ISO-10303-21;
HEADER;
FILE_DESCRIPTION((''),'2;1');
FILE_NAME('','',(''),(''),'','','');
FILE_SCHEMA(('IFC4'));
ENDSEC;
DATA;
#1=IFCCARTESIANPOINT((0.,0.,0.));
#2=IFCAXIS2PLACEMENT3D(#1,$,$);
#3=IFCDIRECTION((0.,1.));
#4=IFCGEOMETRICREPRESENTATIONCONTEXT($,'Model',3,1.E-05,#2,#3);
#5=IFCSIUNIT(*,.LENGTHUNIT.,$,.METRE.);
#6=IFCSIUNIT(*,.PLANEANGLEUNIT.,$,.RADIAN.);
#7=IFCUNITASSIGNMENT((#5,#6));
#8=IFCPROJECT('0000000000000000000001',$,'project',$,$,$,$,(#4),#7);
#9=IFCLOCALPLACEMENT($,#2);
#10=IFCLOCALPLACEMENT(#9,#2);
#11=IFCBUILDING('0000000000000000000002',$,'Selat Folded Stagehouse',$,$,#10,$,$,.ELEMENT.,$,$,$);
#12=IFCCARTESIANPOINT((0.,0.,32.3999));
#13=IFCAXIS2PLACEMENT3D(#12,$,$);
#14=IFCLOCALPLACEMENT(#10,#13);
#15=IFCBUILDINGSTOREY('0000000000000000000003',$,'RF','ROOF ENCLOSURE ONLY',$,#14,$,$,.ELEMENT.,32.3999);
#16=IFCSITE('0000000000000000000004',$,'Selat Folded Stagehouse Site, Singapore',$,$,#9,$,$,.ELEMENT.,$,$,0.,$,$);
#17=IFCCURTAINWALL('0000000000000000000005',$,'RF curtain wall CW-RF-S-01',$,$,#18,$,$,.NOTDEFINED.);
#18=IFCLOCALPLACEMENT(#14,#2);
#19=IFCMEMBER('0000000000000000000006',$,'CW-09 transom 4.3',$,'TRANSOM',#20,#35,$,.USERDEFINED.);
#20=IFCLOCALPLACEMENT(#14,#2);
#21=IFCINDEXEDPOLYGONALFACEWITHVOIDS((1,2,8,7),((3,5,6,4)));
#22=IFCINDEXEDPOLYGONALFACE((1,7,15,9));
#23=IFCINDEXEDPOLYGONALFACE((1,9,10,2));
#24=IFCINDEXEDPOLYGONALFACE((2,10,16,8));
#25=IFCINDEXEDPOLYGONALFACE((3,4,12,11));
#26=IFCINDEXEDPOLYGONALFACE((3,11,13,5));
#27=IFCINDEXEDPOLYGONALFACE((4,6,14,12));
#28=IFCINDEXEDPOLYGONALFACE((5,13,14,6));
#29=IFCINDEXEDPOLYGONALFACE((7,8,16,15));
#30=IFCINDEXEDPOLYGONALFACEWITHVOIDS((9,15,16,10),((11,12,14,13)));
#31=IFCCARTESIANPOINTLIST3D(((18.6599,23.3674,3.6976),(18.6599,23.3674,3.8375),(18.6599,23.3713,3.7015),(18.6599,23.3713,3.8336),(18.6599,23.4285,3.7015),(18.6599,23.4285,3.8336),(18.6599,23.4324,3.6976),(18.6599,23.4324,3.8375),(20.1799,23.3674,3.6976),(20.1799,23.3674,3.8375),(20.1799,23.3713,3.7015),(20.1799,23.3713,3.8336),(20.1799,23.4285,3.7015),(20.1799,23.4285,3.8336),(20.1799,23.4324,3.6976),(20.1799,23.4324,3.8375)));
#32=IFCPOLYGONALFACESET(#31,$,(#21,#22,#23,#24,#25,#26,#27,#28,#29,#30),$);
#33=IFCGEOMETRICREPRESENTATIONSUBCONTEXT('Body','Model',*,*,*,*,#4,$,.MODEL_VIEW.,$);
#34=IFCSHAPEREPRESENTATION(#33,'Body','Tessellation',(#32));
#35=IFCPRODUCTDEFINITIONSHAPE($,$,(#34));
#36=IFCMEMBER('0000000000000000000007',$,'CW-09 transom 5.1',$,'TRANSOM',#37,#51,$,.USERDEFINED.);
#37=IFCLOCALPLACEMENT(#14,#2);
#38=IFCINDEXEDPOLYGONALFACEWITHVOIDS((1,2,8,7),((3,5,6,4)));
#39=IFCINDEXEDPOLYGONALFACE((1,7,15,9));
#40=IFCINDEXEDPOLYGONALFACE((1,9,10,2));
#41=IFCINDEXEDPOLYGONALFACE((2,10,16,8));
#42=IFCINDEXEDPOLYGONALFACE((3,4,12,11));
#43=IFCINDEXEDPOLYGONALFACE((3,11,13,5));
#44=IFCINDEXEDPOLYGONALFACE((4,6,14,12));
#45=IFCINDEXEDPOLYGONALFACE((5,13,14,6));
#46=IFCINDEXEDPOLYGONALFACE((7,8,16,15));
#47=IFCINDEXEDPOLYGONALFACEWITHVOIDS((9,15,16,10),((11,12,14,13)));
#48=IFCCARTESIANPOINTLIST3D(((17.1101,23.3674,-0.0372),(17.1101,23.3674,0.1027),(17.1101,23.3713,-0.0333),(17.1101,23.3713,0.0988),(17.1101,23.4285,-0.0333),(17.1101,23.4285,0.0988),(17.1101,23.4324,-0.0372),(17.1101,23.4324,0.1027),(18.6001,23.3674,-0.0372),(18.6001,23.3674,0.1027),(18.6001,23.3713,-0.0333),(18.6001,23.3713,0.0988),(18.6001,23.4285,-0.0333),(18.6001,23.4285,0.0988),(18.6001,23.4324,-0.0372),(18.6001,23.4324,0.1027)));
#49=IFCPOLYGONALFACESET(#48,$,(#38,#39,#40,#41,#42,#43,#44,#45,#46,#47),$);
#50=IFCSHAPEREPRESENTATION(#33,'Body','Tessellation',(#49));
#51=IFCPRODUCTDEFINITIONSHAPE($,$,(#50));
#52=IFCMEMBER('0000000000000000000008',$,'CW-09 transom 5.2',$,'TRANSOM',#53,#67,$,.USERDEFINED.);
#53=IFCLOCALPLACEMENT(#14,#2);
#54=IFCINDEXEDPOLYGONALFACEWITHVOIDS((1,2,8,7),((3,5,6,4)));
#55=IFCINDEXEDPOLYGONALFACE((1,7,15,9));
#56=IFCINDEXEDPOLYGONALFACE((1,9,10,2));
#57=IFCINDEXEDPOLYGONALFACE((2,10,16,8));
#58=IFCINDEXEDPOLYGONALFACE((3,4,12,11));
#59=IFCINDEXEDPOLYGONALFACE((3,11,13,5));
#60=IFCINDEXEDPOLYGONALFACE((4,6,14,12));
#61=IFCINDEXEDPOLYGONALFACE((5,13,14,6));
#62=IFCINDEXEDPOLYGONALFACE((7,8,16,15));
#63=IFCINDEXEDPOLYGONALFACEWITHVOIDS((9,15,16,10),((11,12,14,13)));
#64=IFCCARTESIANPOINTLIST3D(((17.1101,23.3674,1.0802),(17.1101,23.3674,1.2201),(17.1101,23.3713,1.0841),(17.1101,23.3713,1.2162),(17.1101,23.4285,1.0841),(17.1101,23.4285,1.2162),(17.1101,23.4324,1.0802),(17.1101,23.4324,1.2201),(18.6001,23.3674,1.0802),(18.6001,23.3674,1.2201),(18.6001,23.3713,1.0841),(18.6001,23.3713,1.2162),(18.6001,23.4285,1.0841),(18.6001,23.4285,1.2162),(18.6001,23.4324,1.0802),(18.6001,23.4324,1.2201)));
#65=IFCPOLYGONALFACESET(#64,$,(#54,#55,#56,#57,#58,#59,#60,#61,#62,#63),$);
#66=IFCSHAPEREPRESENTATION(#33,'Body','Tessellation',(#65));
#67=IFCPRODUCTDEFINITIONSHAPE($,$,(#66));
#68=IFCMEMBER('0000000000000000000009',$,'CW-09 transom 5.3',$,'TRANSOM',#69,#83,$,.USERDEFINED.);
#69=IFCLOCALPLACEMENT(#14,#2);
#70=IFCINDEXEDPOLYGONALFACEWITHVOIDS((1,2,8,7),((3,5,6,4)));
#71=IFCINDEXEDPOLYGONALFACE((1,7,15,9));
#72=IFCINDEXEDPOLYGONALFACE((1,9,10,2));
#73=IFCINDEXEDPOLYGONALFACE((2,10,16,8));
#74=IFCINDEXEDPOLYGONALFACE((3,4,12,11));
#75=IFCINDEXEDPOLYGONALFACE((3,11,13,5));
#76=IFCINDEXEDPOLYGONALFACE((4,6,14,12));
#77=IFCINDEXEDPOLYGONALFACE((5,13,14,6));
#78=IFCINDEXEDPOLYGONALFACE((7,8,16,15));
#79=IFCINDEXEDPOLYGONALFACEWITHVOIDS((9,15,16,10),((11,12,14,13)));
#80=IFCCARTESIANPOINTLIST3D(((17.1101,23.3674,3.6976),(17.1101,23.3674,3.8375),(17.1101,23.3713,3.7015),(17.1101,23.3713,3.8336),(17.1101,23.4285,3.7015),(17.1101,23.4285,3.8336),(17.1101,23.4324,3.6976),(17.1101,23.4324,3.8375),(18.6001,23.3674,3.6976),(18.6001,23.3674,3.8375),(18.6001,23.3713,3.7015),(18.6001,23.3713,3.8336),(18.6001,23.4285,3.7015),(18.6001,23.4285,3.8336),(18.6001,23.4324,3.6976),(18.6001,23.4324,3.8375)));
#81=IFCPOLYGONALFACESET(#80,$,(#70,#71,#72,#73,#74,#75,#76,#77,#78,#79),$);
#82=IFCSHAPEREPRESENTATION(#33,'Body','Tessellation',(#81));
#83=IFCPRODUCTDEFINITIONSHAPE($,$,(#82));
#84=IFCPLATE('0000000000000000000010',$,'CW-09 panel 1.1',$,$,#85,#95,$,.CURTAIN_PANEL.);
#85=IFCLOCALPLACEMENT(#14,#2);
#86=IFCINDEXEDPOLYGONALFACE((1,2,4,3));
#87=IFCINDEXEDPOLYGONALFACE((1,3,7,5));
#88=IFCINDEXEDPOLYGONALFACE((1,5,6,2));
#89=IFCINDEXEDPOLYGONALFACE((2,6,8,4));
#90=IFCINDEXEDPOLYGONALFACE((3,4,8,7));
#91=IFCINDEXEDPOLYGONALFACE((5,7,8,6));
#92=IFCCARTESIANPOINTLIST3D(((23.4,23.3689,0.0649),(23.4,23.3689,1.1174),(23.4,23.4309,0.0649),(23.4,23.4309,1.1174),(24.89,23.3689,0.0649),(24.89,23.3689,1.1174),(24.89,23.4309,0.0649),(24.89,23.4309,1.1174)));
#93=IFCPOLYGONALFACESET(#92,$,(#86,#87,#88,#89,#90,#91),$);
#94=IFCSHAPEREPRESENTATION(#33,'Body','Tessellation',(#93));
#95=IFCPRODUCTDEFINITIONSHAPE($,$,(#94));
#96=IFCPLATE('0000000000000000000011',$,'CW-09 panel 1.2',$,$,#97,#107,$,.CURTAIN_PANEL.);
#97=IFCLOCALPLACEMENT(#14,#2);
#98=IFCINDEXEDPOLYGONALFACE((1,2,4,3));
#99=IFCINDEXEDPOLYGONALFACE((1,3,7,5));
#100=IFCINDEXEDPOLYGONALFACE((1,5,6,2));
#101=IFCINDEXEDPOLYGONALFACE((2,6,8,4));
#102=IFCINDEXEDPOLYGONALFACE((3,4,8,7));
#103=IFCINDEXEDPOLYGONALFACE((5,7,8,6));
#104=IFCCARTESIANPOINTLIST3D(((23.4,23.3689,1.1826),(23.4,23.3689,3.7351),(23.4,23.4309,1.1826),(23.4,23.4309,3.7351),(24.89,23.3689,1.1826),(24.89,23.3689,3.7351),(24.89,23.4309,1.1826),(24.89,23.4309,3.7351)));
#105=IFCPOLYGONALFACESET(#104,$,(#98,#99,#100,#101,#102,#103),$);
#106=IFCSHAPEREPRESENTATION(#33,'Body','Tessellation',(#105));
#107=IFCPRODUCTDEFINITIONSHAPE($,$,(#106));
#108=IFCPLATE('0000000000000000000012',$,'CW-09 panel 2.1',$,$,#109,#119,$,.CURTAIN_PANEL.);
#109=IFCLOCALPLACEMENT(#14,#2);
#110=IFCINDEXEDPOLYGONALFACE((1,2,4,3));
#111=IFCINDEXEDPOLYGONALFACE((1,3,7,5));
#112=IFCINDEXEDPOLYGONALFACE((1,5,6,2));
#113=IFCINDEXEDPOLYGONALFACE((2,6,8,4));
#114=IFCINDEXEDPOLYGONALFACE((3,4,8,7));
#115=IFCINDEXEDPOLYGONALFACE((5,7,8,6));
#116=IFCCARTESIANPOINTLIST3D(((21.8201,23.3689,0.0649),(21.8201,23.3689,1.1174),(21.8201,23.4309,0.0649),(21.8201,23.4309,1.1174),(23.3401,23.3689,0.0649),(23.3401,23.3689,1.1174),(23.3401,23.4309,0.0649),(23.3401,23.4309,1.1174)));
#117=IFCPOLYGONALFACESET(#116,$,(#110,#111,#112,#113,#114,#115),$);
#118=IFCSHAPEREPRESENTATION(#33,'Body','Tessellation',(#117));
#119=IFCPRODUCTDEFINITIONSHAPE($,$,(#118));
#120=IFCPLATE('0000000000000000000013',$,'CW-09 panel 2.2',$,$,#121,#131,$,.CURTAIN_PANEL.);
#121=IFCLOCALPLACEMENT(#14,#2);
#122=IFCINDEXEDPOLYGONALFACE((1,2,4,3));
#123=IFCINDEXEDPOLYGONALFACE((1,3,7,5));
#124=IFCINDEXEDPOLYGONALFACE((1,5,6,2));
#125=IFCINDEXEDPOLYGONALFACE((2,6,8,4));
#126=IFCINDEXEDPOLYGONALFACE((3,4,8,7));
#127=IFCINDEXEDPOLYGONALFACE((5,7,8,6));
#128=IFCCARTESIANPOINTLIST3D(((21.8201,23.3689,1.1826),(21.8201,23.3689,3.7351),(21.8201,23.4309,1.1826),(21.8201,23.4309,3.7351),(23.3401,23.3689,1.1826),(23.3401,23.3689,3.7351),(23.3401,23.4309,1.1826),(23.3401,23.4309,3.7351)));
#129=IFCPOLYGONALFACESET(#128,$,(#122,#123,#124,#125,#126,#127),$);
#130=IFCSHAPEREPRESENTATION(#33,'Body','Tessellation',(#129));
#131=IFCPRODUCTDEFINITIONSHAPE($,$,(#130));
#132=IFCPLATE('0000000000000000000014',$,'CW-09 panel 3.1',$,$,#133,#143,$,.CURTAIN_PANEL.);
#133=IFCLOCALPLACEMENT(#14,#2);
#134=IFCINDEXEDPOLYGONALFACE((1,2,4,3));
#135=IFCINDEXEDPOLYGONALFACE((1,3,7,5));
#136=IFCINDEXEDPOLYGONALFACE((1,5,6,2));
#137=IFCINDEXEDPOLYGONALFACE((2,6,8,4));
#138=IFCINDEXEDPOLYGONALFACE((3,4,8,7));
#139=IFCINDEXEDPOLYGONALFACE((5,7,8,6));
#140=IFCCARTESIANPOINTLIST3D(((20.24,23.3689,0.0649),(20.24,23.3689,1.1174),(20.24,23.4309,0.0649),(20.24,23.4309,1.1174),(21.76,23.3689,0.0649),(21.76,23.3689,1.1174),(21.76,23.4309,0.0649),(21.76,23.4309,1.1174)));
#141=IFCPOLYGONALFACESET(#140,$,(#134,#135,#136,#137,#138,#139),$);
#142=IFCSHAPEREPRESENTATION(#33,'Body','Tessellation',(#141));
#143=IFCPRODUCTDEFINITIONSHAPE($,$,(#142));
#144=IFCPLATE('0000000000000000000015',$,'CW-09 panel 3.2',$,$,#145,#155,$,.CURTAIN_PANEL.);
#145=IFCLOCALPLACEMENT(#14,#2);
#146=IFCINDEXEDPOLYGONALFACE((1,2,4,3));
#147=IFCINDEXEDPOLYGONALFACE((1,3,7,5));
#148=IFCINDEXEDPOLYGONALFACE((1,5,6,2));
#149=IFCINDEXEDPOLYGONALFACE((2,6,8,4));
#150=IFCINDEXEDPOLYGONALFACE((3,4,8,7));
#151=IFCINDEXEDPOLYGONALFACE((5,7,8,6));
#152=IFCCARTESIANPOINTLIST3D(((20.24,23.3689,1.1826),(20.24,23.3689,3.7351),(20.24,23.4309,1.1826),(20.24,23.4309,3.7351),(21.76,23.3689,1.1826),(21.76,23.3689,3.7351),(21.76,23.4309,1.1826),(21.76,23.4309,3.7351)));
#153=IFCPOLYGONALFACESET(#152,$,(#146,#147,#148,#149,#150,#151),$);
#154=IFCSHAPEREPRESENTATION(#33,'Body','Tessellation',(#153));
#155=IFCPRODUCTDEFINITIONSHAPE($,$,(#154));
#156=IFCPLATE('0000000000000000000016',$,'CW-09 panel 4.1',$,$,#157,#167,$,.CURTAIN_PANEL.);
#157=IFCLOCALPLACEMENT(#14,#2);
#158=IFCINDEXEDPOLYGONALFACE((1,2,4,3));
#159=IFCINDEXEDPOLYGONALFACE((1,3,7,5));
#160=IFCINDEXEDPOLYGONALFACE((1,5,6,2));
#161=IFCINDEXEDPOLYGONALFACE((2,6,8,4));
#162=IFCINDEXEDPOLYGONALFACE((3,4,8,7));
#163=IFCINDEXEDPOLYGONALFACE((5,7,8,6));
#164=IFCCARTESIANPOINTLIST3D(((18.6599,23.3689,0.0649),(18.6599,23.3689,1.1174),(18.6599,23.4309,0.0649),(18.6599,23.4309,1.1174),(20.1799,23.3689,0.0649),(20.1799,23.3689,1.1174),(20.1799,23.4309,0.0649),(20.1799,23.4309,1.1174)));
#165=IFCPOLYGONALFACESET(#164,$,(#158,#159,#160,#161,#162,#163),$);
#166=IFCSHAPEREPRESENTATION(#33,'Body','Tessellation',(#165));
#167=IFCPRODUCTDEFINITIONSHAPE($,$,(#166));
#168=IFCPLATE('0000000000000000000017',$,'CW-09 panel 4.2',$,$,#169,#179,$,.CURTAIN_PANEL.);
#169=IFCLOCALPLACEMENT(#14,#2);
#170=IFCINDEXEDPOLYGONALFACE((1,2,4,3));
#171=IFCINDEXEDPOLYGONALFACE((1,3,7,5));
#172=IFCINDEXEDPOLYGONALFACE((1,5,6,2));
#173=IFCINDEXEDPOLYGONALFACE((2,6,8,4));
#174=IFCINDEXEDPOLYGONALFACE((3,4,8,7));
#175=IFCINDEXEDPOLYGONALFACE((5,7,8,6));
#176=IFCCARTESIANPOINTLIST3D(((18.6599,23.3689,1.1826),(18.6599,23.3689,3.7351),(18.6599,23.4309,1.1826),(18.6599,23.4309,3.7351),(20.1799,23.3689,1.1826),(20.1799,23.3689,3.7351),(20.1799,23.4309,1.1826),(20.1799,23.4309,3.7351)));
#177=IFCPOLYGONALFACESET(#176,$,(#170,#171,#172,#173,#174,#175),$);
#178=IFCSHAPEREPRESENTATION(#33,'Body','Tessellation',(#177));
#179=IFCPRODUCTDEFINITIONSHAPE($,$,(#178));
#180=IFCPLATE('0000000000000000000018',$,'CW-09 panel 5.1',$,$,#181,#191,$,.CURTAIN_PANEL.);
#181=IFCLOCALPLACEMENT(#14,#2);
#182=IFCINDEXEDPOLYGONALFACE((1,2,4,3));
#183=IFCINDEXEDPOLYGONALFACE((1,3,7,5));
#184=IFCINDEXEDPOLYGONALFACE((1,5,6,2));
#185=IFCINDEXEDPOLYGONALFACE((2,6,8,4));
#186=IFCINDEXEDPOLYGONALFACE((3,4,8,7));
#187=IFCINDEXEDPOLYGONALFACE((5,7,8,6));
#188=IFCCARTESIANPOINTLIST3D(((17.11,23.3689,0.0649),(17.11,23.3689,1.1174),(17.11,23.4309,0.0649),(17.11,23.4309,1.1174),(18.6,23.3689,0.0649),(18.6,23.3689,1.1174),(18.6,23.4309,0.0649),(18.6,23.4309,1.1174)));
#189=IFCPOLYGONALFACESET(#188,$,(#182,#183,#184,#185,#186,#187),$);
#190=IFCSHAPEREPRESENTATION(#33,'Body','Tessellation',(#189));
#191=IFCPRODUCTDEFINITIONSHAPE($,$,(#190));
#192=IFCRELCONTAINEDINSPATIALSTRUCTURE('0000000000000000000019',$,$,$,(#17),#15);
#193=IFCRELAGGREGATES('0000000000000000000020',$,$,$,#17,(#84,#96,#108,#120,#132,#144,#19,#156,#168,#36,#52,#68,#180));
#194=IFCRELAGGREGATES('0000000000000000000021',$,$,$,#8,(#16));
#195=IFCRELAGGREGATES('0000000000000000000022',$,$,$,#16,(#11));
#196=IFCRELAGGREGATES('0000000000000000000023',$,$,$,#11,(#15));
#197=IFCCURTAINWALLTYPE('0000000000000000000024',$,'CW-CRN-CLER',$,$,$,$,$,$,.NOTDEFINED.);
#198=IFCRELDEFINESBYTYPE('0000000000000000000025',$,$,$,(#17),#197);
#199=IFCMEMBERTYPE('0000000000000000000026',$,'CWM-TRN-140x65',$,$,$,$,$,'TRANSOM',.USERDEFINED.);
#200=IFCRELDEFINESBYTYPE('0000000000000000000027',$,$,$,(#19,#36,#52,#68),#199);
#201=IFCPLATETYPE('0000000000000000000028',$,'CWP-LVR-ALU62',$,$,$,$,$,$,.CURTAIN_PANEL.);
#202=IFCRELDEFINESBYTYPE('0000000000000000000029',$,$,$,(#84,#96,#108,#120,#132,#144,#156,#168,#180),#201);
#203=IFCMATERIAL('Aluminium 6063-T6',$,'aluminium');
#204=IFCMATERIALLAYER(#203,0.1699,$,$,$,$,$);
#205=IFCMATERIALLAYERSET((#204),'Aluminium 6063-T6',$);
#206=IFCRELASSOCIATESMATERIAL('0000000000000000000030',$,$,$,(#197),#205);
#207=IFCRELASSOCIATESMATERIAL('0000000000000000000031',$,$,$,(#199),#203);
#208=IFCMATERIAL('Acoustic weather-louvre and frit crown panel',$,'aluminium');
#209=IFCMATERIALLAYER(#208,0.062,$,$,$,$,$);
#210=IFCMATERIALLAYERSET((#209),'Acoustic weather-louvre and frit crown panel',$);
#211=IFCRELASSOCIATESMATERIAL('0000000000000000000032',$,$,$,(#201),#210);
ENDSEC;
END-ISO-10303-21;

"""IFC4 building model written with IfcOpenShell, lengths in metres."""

from ifc_helpers import new_model, si_unit, direction, frame, origin, origin_2d, place, context, subcontext, project, spatial, rectangle, hollow_rectangle, extrude, material, layer, layer_set, material_profile, profile_set, type_object, element, aggregate, save


model = new_model("IFC4")

# Units and contexts
model_context = context("Model", 3, precision=1e-05, world=origin(), true_north=direction((0.0, 1.0)))
body_context = subcontext(model_context, "Body", "Model", "MODEL_VIEW")
ifc_project = project(units=[si_unit("LENGTHUNIT", "METRE"), si_unit("PLANEANGLEUNIT", "RADIAN")], contexts=[model_context])

# Site, building, storey
site_placement = place(None, origin())
site = spatial("IfcSite", under=ifc_project, at=site_placement, Name="Selat Folded Stagehouse Site, Singapore", CompositionType="ELEMENT", RefElevation=0.0)
building_placement = place(site_placement, origin())
building = spatial("IfcBuilding", under=site, at=building_placement, Name="Selat Folded Stagehouse", CompositionType="ELEMENT")
storey_placement = place(building_placement, frame((0.0, 0.0, 32.3999)))
storey = spatial("IfcBuildingStorey", under=building, at=storey_placement, Name="RF", Description="ROOF ENCLOSURE ONLY", CompositionType="ELEMENT", Elevation=32.3999)

# Curtain wall, members, plates
ifc_material_1 = material(Name="Aluminium 6063-T6", Category="aluminium")
ifc_layer_1 = layer(ifc_material_1, 0.1699)
ifc_layer_set_1 = layer_set([ifc_layer_1], Name="Aluminium 6063-T6")
curtain_wall_type = type_object("IfcCurtainWallType", Name="CW-CRN-CLER", PredefinedType="NOTDEFINED", material=ifc_layer_set_1)
curtain_wall_placement = place(storey_placement, origin())
curtain_wall = element("IfcCurtainWall", 1, at=curtain_wall_placement, inside=storey, type_object=curtain_wall_type, Name="RF curtain wall CW-RF-S-01", PredefinedType="NOTDEFINED")
ifc_material_profile_1 = material_profile(ifc_material_1, hollow_rectangle(XDim=0.0649, YDim=0.1399, WallThickness=0.0039, at=origin_2d()), Name="ALU 140x65x4.0")
ifc_profile_set_1 = profile_set([ifc_material_profile_1], Name="Aluminium 6063-T6")
member_type_1 = type_object("IfcMemberType", Name="CWM-TRN-140x65", ElementType="TRANSOM", PredefinedType="USERDEFINED", material=ifc_profile_set_1)
member_1_placement = place(storey_placement, frame((20.1799, 23.3999, 3.7676), z_axis=(-1.0, 0.0, 0.0), x_axis=(0.0, -1.0, 0.0)))
member_1 = element("IfcMember", 2, at=member_1_placement, type_object=member_type_1, Name="CW-09 transom 4.3", ObjectType="TRANSOM", PredefinedType="USERDEFINED", context=body_context, shape_type="SweptSolid", body=[
    extrude(hollow_rectangle(XDim=0.0649, YDim=0.1399, WallThickness=0.0039, at=origin_2d()), origin(), (0.0, 0.0, 1.0), 1.52),
])
member_2_placement = place(storey_placement, frame((18.6001, 23.3999, 0.0327), z_axis=(-1.0, 0.0, 0.0), x_axis=(0.0, -1.0, 0.0)))
member_2 = element("IfcMember", 3, at=member_2_placement, type_object=member_type_1, Name="CW-09 transom 5.1", ObjectType="TRANSOM", PredefinedType="USERDEFINED", context=body_context, shape_type="SweptSolid", body=[
    extrude(hollow_rectangle(XDim=0.0649, YDim=0.1399, WallThickness=0.0039, at=origin_2d()), origin(), (0.0, 0.0, 1.0), 1.49),
])
member_3_placement = place(storey_placement, frame((18.6001, 23.3999, 1.1501), z_axis=(-1.0, 0.0, 0.0), x_axis=(0.0, -1.0, 0.0)))
member_3 = element("IfcMember", 4, at=member_3_placement, type_object=member_type_1, Name="CW-09 transom 5.2", ObjectType="TRANSOM", PredefinedType="USERDEFINED", context=body_context, shape_type="SweptSolid", body=[
    extrude(hollow_rectangle(XDim=0.0649, YDim=0.1399, WallThickness=0.0039, at=origin_2d()), origin(), (0.0, 0.0, 1.0), 1.49),
])
member_4_placement = place(storey_placement, frame((18.6001, 23.3999, 3.7676), z_axis=(-1.0, 0.0, 0.0), x_axis=(0.0, -1.0, 0.0)))
member_4 = element("IfcMember", 5, at=member_4_placement, type_object=member_type_1, Name="CW-09 transom 5.3", ObjectType="TRANSOM", PredefinedType="USERDEFINED", context=body_context, shape_type="SweptSolid", body=[
    extrude(hollow_rectangle(XDim=0.0649, YDim=0.1399, WallThickness=0.0039, at=origin_2d()), origin(), (0.0, 0.0, 1.0), 1.49),
])
ifc_material_2 = material(Name="Acoustic weather-louvre and frit crown panel", Category="aluminium")
ifc_layer_2 = layer(ifc_material_2, 0.062)
ifc_layer_set_2 = layer_set([ifc_layer_2], Name="Acoustic weather-louvre and frit crown panel")
plate_type = type_object("IfcPlateType", Name="CWP-LVR-ALU62", PredefinedType="CURTAIN_PANEL", material=ifc_layer_set_2)
plate_1_placement = place(storey_placement, frame((24.145, 23.3999, 0.0649), z_axis=(0.0, 0.0, 1.0), x_axis=(-1.0, 0.0, 0.0)))
plate_1 = element("IfcPlate", 6, at=plate_1_placement, type_object=plate_type, Name="CW-09 panel 1.1", PredefinedType="CURTAIN_PANEL", context=body_context, shape_type="SweptSolid", body=[
    extrude(rectangle(XDim=1.49, YDim=0.062, at=origin_2d()), origin(), (0.0, 0.0, 1.0), 1.0525),
])
plate_2_placement = place(storey_placement, frame((24.145, 23.3999, 1.1826), z_axis=(0.0, 0.0, 1.0), x_axis=(-1.0, 0.0, 0.0)))
plate_2 = element("IfcPlate", 7, at=plate_2_placement, type_object=plate_type, Name="CW-09 panel 1.2", PredefinedType="CURTAIN_PANEL", context=body_context, shape_type="SweptSolid", body=[
    extrude(rectangle(XDim=1.49, YDim=0.062, at=origin_2d()), origin(), (0.0, 0.0, 1.0), 2.5525),
])
plate_3_placement = place(storey_placement, frame((22.5801, 23.3999, 0.0649), z_axis=(0.0, 0.0, 1.0), x_axis=(-1.0, 0.0, 0.0)))
plate_3 = element("IfcPlate", 8, at=plate_3_placement, type_object=plate_type, Name="CW-09 panel 2.1", PredefinedType="CURTAIN_PANEL", context=body_context, shape_type="SweptSolid", body=[
    extrude(rectangle(XDim=1.52, YDim=0.062, at=origin_2d()), origin(), (0.0, 0.0, 1.0), 1.0525),
])
plate_4_placement = place(storey_placement, frame((22.5801, 23.3999, 1.1826), z_axis=(0.0, 0.0, 1.0), x_axis=(-1.0, 0.0, 0.0)))
plate_4 = element("IfcPlate", 9, at=plate_4_placement, type_object=plate_type, Name="CW-09 panel 2.2", PredefinedType="CURTAIN_PANEL", context=body_context, shape_type="SweptSolid", body=[
    extrude(rectangle(XDim=1.52, YDim=0.062, at=origin_2d()), origin(), (0.0, 0.0, 1.0), 2.5525),
])
plate_5_placement = place(storey_placement, frame((21.0, 23.3999, 0.0649), z_axis=(0.0, 0.0, 1.0), x_axis=(-1.0, 0.0, 0.0)))
plate_5 = element("IfcPlate", 10, at=plate_5_placement, type_object=plate_type, Name="CW-09 panel 3.1", PredefinedType="CURTAIN_PANEL", context=body_context, shape_type="SweptSolid", body=[
    extrude(rectangle(XDim=1.52, YDim=0.062, at=origin_2d()), origin(), (0.0, 0.0, 1.0), 1.0525),
])
plate_6_placement = place(storey_placement, frame((21.0, 23.3999, 1.1826), z_axis=(0.0, 0.0, 1.0), x_axis=(-1.0, 0.0, 0.0)))
plate_6 = element("IfcPlate", 11, at=plate_6_placement, type_object=plate_type, Name="CW-09 panel 3.2", PredefinedType="CURTAIN_PANEL", context=body_context, shape_type="SweptSolid", body=[
    extrude(rectangle(XDim=1.52, YDim=0.062, at=origin_2d()), origin(), (0.0, 0.0, 1.0), 2.5525),
])
plate_7_placement = place(storey_placement, frame((19.4199, 23.3999, 0.0649), z_axis=(0.0, 0.0, 1.0), x_axis=(-1.0, 0.0, 0.0)))
plate_7 = element("IfcPlate", 12, at=plate_7_placement, type_object=plate_type, Name="CW-09 panel 4.1", PredefinedType="CURTAIN_PANEL", context=body_context, shape_type="SweptSolid", body=[
    extrude(rectangle(XDim=1.52, YDim=0.062, at=origin_2d()), origin(), (0.0, 0.0, 1.0), 1.0525),
])
plate_8_placement = place(storey_placement, frame((19.4199, 23.3999, 1.1826), z_axis=(0.0, 0.0, 1.0), x_axis=(-1.0, 0.0, 0.0)))
plate_8 = element("IfcPlate", 13, at=plate_8_placement, type_object=plate_type, Name="CW-09 panel 4.2", PredefinedType="CURTAIN_PANEL", context=body_context, shape_type="SweptSolid", body=[
    extrude(rectangle(XDim=1.52, YDim=0.062, at=origin_2d()), origin(), (0.0, 0.0, 1.0), 2.5525),
])
plate_9_placement = place(storey_placement, frame((17.855, 23.3999, 0.0649), z_axis=(0.0, 0.0, 1.0), x_axis=(-1.0, 0.0, 0.0)))
plate_9 = element("IfcPlate", 14, at=plate_9_placement, type_object=plate_type, Name="CW-09 panel 5.1", PredefinedType="CURTAIN_PANEL", context=body_context, shape_type="SweptSolid", body=[
    extrude(rectangle(XDim=1.49, YDim=0.062, at=origin_2d()), origin(), (0.0, 0.0, 1.0), 1.0525),
])
aggregate(curtain_wall, [plate_1, plate_2, plate_3, plate_4, plate_5, plate_6, member_1, plate_7, plate_8, member_2, member_3, member_4, plate_9])

save(model, "model.ifc")
